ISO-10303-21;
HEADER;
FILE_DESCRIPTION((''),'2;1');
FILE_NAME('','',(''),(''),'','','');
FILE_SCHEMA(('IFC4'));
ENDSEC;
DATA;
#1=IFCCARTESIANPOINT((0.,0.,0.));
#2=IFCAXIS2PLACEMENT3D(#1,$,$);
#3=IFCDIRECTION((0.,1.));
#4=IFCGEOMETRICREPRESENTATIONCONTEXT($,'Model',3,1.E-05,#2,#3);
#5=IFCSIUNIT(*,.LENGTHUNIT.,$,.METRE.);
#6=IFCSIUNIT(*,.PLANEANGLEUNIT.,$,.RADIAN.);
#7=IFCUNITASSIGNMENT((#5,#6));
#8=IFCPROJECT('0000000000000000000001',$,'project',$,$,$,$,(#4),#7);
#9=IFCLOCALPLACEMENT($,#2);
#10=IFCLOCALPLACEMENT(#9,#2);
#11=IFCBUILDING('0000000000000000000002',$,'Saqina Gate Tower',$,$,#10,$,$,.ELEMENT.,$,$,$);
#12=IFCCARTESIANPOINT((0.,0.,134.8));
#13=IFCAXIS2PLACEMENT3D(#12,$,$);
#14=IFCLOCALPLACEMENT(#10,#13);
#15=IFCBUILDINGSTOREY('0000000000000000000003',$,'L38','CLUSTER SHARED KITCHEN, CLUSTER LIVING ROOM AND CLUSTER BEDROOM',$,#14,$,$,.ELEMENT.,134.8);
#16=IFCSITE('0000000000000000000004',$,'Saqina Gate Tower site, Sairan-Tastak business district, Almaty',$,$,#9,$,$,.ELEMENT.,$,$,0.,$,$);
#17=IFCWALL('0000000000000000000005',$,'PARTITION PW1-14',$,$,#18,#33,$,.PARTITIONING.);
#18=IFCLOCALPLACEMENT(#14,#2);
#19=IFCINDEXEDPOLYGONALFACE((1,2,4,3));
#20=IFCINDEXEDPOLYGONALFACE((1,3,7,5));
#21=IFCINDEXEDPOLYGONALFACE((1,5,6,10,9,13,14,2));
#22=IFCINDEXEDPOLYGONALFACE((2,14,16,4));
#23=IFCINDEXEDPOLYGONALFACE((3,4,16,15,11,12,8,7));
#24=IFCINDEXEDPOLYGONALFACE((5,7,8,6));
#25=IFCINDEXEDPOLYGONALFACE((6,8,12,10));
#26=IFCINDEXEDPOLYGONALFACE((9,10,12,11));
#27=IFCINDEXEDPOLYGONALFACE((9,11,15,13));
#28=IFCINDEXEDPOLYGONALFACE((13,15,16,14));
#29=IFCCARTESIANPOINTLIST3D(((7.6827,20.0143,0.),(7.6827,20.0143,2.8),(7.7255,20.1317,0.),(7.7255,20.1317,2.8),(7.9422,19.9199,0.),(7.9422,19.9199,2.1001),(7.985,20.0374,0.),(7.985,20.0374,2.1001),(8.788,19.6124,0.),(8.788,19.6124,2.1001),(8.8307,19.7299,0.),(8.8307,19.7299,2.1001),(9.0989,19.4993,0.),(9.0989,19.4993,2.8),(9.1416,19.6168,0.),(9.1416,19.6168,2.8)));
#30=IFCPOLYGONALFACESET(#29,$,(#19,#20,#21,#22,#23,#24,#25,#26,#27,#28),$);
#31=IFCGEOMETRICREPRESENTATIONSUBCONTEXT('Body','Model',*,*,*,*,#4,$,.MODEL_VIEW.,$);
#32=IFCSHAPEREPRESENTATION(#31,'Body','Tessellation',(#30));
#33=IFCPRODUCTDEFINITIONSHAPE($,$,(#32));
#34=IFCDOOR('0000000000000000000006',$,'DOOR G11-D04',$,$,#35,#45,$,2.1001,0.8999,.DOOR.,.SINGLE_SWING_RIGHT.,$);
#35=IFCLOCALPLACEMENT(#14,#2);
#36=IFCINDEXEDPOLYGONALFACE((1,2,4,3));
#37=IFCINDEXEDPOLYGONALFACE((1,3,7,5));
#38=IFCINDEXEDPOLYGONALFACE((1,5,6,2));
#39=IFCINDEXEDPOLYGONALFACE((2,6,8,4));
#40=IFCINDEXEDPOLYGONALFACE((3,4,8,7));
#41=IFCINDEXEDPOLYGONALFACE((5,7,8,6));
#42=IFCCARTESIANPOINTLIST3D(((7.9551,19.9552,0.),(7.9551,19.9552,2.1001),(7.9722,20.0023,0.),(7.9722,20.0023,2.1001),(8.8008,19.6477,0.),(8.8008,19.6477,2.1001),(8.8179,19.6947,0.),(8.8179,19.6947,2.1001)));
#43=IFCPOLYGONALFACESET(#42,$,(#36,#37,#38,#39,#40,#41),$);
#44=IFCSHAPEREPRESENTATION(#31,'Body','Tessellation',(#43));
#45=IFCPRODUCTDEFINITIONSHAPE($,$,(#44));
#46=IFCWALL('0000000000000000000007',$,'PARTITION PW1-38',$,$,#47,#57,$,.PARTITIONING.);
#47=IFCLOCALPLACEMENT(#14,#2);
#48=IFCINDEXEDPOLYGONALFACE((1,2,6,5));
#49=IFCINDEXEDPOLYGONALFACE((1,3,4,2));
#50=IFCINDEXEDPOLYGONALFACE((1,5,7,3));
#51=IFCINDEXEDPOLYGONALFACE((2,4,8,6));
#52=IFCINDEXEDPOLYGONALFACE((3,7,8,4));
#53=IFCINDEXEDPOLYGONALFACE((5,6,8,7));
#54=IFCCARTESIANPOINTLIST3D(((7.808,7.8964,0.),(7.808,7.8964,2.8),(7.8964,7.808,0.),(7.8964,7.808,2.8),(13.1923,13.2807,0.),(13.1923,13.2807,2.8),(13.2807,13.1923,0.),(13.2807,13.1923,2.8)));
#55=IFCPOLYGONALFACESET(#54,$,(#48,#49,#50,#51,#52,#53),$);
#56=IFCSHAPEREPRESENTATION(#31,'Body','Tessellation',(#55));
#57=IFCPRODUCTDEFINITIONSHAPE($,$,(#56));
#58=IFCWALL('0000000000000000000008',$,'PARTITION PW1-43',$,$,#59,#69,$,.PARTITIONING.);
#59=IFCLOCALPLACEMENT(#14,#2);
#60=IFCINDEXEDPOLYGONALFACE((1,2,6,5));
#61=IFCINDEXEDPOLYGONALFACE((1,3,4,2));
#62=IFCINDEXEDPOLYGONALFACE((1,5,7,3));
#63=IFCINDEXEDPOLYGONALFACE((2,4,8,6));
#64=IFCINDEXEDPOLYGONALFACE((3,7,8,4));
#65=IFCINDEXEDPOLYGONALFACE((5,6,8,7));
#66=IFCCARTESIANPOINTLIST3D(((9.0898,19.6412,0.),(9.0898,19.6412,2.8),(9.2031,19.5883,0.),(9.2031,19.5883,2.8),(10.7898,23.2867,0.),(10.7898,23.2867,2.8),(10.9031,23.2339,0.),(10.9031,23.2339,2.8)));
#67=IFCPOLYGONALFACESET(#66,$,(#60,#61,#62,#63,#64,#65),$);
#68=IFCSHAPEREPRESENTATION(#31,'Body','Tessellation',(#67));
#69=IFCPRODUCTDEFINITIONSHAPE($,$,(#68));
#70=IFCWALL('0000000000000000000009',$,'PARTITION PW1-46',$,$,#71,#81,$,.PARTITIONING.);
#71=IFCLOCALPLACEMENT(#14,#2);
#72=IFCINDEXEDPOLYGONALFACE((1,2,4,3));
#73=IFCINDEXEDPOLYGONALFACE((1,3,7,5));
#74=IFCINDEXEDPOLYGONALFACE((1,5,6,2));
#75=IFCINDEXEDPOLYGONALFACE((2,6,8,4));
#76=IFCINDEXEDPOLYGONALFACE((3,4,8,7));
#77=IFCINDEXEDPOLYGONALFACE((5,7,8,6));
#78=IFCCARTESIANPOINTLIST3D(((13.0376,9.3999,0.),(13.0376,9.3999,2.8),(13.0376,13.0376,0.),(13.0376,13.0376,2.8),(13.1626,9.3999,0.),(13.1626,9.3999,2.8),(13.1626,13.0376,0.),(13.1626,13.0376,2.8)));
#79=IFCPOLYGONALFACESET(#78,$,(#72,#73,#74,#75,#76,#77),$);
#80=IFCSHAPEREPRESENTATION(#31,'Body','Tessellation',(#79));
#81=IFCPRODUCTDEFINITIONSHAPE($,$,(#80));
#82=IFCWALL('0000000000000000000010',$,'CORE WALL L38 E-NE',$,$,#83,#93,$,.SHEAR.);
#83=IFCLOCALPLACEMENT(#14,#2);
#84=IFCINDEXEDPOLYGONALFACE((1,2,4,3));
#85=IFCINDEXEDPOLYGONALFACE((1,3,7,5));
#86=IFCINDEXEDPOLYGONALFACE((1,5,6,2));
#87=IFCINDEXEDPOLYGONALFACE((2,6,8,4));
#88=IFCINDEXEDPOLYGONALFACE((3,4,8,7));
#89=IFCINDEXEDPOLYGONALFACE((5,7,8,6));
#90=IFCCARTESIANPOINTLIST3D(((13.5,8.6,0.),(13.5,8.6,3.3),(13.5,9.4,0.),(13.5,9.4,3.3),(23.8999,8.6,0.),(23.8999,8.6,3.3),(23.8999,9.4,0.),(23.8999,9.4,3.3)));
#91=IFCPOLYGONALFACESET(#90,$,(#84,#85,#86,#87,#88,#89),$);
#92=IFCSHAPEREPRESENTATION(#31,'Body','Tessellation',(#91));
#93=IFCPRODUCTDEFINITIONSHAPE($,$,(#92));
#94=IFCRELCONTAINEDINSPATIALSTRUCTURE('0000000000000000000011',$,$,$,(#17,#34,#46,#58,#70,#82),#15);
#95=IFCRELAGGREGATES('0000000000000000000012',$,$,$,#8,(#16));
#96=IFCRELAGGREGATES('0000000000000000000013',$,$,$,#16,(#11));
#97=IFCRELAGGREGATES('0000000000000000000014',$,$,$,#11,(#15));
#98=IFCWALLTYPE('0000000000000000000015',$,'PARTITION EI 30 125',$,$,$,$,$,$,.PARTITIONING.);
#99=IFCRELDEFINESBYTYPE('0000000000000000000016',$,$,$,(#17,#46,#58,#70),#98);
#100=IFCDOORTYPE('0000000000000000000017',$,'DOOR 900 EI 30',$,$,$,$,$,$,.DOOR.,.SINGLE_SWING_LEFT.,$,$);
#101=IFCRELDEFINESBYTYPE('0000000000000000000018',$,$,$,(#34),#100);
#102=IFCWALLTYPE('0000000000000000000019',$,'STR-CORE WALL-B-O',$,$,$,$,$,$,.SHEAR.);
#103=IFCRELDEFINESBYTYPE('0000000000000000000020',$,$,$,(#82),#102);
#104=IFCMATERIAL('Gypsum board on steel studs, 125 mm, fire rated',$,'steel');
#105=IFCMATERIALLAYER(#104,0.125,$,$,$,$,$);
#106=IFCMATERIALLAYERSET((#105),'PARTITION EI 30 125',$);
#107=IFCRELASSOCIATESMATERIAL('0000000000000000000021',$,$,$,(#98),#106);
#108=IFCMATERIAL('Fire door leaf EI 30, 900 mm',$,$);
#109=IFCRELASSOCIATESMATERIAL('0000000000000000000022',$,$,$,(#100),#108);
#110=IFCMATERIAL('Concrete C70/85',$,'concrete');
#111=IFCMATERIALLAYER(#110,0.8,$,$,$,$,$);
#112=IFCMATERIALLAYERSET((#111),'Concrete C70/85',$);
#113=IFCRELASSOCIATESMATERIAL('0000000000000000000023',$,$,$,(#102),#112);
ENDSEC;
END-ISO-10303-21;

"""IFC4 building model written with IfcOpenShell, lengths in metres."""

from ifc_helpers import new_model, si_unit, direction, frame, frame_2d, origin, place, context, subcontext, project, spatial, rectangle, extrude, material, layer, layer_set, type_object, element, fill, save


model = new_model("IFC4")

# Units and contexts
model_context = context("Model", 3, precision=1e-05, world=origin(), true_north=direction((0.0, 1.0)))
body_context = subcontext(model_context, "Body", "Model", "MODEL_VIEW")
ifc_project = project(units=[si_unit("LENGTHUNIT", "METRE"), si_unit("PLANEANGLEUNIT", "RADIAN")], contexts=[model_context])

# Site, building, storey
site_placement = place(None, origin())
site = spatial("IfcSite", under=ifc_project, at=site_placement, Name="Saqina Gate Tower site, Sairan-Tastak business district, Almaty", CompositionType="ELEMENT", RefElevation=0.0)
building_placement = place(site_placement, origin())
building = spatial("IfcBuilding", under=site, at=building_placement, Name="Saqina Gate Tower", CompositionType="ELEMENT")
storey_placement = place(building_placement, frame((0.0, 0.0, 134.8)))
storey = spatial("IfcBuildingStorey", under=building, at=storey_placement, Name="L38", Description="CLUSTER SHARED KITCHEN, CLUSTER LIVING ROOM AND CLUSTER BEDROOM", CompositionType="ELEMENT", Elevation=134.8)

# Wall, opening, door
ifc_material_1 = material(Name="Gypsum board on steel studs, 125 mm, fire rated", Category="steel")
ifc_layer_1 = layer(ifc_material_1, 0.125)
ifc_layer_set_1 = layer_set([ifc_layer_1], Name="PARTITION EI 30 125")
wall_type_1 = type_object("IfcWallType", Name="PARTITION EI 30 125", PredefinedType="PARTITIONING", material=ifc_layer_set_1)
wall_1_placement = place(storey_placement, frame((7.7041, 20.073, 0.0), z_axis=(0.0, 0.0, 1.0), x_axis=(0.939798, -0.34173, 0.0)))
wall_1 = element("IfcWall", 1, at=wall_1_placement, inside=storey, type_object=wall_type_1, Name="PARTITION PW1-14", PredefinedType="PARTITIONING", context=body_context, shape_type="SweptSolid", body=[
    extrude(rectangle(XDim=1.5068, YDim=0.125, at=frame_2d((0.7534, 0.0))), origin(), (0.0, 0.0, 1.0), 2.8),
])
opening_1_placement = place(wall_1_placement, frame((0.2761, 0.0, 0.0)))
opening_1 = element("IfcOpeningElement", 2, at=opening_1_placement, cuts=wall_1, PredefinedType="OPENING", context=body_context, shape_type="SweptSolid", body=[
    extrude(rectangle(XDim=0.8999, YDim=2.1001, at=frame_2d((0.45, 1.05))), frame((0.0, 0.0745, 0.0), z_axis=(0.0, -1.0, 0.0), x_axis=(1.0, 0.0, 0.0)), (0.0, 0.0, 1.0), 0.1489),
])
ifc_material_2 = material(Name="Fire door leaf EI 30, 900 mm")
door_type_1 = type_object("IfcDoorType", Name="DOOR 900 EI 30", OperationType="SINGLE_SWING_LEFT", PredefinedType="DOOR", material=ifc_material_2)
door_1_placement = place(opening_1_placement, frame((0.8999, 0.0, 0.0), z_axis=(0.0, 0.0, 1.0), x_axis=(-1.0, 0.0, 0.0)))
door_1 = element("IfcDoor", 3, at=door_1_placement, inside=storey, type_object=door_type_1, Name="DOOR G11-D04", OperationType="SINGLE_SWING_RIGHT", OverallHeight=2.1001, OverallWidth=0.8999, PredefinedType="DOOR", context=body_context, shape_type="SweptSolid", body=[
    extrude(rectangle(XDim=0.8999, YDim=2.1001, at=frame_2d((0.45, 1.05))), frame((0.0, 0.0249, 0.0), z_axis=(0.0, -1.0, 0.0), x_axis=(1.0, 0.0, 0.0)), (0.0, 0.0, 1.0), 0.05),
])
fill(opening_1, door_1)

# Walls
wall_2_placement = place(storey_placement, frame((7.8523, 7.8523, 0.0), z_axis=(0.0, 0.0, 1.0), x_axis=(0.707107, 0.707107, 0.0)))
element("IfcWall", 4, at=wall_2_placement, inside=storey, type_object=wall_type_1, Name="PARTITION PW1-38", PredefinedType="PARTITIONING", context=body_context, shape_type="SweptSolid", body=[
    extrude(rectangle(XDim=7.6145, YDim=0.125, at=frame_2d((3.8071, 0.0))), origin(), (0.0, 0.0, 1.0), 2.8),
])
wall_3_placement = place(storey_placement, frame((9.1465, 19.6147, 0.0), z_axis=(0.0, 0.0, 1.0), x_axis=(0.422623, 0.906306, 0.0)))
element("IfcWall", 5, at=wall_3_placement, inside=storey, type_object=wall_type_1, Name="PARTITION PW1-43", PredefinedType="PARTITIONING", context=body_context, shape_type="SweptSolid", body=[
    extrude(rectangle(XDim=4.0225, YDim=0.125, at=frame_2d((2.0112, 0.0))), origin(), (0.0, 0.0, 1.0), 2.8),
])
wall_4_placement = place(storey_placement, frame((13.1001, 9.3999, 0.0), z_axis=(0.0, 0.0, 1.0), x_axis=(0.0, 1.0, 0.0)))
element("IfcWall", 6, at=wall_4_placement, inside=storey, type_object=wall_type_1, Name="PARTITION PW1-46", PredefinedType="PARTITIONING", context=body_context, shape_type="SweptSolid", body=[
    extrude(rectangle(XDim=3.6377, YDim=0.125, at=frame_2d((1.8188, 0.0))), origin(), (0.0, 0.0, 1.0), 2.8),
])
ifc_material_3 = material(Name="Concrete C70/85", Category="concrete")
ifc_layer_2 = layer(ifc_material_3, 0.8)
ifc_layer_set_2 = layer_set([ifc_layer_2], Name="Concrete C70/85")
wall_type_2 = type_object("IfcWallType", Name="STR-CORE WALL-B-O", PredefinedType="SHEAR", material=ifc_layer_set_2)
wall_5_placement = place(storey_placement, frame((13.5, 9.0, 0.0), z_axis=(0.0, 0.0, 1.0), x_axis=(1.0, 0.0, 0.0)))
element("IfcWall", 7, at=wall_5_placement, inside=storey, type_object=wall_type_2, Name="CORE WALL L38 E-NE", PredefinedType="SHEAR", context=body_context, shape_type="SweptSolid", body=[
    extrude(rectangle(XDim=10.3999, YDim=0.8, at=frame_2d((5.2, 0.0))), origin(), (0.0, 0.0, 1.0), 3.3),
])

save(model, "model.ifc")
